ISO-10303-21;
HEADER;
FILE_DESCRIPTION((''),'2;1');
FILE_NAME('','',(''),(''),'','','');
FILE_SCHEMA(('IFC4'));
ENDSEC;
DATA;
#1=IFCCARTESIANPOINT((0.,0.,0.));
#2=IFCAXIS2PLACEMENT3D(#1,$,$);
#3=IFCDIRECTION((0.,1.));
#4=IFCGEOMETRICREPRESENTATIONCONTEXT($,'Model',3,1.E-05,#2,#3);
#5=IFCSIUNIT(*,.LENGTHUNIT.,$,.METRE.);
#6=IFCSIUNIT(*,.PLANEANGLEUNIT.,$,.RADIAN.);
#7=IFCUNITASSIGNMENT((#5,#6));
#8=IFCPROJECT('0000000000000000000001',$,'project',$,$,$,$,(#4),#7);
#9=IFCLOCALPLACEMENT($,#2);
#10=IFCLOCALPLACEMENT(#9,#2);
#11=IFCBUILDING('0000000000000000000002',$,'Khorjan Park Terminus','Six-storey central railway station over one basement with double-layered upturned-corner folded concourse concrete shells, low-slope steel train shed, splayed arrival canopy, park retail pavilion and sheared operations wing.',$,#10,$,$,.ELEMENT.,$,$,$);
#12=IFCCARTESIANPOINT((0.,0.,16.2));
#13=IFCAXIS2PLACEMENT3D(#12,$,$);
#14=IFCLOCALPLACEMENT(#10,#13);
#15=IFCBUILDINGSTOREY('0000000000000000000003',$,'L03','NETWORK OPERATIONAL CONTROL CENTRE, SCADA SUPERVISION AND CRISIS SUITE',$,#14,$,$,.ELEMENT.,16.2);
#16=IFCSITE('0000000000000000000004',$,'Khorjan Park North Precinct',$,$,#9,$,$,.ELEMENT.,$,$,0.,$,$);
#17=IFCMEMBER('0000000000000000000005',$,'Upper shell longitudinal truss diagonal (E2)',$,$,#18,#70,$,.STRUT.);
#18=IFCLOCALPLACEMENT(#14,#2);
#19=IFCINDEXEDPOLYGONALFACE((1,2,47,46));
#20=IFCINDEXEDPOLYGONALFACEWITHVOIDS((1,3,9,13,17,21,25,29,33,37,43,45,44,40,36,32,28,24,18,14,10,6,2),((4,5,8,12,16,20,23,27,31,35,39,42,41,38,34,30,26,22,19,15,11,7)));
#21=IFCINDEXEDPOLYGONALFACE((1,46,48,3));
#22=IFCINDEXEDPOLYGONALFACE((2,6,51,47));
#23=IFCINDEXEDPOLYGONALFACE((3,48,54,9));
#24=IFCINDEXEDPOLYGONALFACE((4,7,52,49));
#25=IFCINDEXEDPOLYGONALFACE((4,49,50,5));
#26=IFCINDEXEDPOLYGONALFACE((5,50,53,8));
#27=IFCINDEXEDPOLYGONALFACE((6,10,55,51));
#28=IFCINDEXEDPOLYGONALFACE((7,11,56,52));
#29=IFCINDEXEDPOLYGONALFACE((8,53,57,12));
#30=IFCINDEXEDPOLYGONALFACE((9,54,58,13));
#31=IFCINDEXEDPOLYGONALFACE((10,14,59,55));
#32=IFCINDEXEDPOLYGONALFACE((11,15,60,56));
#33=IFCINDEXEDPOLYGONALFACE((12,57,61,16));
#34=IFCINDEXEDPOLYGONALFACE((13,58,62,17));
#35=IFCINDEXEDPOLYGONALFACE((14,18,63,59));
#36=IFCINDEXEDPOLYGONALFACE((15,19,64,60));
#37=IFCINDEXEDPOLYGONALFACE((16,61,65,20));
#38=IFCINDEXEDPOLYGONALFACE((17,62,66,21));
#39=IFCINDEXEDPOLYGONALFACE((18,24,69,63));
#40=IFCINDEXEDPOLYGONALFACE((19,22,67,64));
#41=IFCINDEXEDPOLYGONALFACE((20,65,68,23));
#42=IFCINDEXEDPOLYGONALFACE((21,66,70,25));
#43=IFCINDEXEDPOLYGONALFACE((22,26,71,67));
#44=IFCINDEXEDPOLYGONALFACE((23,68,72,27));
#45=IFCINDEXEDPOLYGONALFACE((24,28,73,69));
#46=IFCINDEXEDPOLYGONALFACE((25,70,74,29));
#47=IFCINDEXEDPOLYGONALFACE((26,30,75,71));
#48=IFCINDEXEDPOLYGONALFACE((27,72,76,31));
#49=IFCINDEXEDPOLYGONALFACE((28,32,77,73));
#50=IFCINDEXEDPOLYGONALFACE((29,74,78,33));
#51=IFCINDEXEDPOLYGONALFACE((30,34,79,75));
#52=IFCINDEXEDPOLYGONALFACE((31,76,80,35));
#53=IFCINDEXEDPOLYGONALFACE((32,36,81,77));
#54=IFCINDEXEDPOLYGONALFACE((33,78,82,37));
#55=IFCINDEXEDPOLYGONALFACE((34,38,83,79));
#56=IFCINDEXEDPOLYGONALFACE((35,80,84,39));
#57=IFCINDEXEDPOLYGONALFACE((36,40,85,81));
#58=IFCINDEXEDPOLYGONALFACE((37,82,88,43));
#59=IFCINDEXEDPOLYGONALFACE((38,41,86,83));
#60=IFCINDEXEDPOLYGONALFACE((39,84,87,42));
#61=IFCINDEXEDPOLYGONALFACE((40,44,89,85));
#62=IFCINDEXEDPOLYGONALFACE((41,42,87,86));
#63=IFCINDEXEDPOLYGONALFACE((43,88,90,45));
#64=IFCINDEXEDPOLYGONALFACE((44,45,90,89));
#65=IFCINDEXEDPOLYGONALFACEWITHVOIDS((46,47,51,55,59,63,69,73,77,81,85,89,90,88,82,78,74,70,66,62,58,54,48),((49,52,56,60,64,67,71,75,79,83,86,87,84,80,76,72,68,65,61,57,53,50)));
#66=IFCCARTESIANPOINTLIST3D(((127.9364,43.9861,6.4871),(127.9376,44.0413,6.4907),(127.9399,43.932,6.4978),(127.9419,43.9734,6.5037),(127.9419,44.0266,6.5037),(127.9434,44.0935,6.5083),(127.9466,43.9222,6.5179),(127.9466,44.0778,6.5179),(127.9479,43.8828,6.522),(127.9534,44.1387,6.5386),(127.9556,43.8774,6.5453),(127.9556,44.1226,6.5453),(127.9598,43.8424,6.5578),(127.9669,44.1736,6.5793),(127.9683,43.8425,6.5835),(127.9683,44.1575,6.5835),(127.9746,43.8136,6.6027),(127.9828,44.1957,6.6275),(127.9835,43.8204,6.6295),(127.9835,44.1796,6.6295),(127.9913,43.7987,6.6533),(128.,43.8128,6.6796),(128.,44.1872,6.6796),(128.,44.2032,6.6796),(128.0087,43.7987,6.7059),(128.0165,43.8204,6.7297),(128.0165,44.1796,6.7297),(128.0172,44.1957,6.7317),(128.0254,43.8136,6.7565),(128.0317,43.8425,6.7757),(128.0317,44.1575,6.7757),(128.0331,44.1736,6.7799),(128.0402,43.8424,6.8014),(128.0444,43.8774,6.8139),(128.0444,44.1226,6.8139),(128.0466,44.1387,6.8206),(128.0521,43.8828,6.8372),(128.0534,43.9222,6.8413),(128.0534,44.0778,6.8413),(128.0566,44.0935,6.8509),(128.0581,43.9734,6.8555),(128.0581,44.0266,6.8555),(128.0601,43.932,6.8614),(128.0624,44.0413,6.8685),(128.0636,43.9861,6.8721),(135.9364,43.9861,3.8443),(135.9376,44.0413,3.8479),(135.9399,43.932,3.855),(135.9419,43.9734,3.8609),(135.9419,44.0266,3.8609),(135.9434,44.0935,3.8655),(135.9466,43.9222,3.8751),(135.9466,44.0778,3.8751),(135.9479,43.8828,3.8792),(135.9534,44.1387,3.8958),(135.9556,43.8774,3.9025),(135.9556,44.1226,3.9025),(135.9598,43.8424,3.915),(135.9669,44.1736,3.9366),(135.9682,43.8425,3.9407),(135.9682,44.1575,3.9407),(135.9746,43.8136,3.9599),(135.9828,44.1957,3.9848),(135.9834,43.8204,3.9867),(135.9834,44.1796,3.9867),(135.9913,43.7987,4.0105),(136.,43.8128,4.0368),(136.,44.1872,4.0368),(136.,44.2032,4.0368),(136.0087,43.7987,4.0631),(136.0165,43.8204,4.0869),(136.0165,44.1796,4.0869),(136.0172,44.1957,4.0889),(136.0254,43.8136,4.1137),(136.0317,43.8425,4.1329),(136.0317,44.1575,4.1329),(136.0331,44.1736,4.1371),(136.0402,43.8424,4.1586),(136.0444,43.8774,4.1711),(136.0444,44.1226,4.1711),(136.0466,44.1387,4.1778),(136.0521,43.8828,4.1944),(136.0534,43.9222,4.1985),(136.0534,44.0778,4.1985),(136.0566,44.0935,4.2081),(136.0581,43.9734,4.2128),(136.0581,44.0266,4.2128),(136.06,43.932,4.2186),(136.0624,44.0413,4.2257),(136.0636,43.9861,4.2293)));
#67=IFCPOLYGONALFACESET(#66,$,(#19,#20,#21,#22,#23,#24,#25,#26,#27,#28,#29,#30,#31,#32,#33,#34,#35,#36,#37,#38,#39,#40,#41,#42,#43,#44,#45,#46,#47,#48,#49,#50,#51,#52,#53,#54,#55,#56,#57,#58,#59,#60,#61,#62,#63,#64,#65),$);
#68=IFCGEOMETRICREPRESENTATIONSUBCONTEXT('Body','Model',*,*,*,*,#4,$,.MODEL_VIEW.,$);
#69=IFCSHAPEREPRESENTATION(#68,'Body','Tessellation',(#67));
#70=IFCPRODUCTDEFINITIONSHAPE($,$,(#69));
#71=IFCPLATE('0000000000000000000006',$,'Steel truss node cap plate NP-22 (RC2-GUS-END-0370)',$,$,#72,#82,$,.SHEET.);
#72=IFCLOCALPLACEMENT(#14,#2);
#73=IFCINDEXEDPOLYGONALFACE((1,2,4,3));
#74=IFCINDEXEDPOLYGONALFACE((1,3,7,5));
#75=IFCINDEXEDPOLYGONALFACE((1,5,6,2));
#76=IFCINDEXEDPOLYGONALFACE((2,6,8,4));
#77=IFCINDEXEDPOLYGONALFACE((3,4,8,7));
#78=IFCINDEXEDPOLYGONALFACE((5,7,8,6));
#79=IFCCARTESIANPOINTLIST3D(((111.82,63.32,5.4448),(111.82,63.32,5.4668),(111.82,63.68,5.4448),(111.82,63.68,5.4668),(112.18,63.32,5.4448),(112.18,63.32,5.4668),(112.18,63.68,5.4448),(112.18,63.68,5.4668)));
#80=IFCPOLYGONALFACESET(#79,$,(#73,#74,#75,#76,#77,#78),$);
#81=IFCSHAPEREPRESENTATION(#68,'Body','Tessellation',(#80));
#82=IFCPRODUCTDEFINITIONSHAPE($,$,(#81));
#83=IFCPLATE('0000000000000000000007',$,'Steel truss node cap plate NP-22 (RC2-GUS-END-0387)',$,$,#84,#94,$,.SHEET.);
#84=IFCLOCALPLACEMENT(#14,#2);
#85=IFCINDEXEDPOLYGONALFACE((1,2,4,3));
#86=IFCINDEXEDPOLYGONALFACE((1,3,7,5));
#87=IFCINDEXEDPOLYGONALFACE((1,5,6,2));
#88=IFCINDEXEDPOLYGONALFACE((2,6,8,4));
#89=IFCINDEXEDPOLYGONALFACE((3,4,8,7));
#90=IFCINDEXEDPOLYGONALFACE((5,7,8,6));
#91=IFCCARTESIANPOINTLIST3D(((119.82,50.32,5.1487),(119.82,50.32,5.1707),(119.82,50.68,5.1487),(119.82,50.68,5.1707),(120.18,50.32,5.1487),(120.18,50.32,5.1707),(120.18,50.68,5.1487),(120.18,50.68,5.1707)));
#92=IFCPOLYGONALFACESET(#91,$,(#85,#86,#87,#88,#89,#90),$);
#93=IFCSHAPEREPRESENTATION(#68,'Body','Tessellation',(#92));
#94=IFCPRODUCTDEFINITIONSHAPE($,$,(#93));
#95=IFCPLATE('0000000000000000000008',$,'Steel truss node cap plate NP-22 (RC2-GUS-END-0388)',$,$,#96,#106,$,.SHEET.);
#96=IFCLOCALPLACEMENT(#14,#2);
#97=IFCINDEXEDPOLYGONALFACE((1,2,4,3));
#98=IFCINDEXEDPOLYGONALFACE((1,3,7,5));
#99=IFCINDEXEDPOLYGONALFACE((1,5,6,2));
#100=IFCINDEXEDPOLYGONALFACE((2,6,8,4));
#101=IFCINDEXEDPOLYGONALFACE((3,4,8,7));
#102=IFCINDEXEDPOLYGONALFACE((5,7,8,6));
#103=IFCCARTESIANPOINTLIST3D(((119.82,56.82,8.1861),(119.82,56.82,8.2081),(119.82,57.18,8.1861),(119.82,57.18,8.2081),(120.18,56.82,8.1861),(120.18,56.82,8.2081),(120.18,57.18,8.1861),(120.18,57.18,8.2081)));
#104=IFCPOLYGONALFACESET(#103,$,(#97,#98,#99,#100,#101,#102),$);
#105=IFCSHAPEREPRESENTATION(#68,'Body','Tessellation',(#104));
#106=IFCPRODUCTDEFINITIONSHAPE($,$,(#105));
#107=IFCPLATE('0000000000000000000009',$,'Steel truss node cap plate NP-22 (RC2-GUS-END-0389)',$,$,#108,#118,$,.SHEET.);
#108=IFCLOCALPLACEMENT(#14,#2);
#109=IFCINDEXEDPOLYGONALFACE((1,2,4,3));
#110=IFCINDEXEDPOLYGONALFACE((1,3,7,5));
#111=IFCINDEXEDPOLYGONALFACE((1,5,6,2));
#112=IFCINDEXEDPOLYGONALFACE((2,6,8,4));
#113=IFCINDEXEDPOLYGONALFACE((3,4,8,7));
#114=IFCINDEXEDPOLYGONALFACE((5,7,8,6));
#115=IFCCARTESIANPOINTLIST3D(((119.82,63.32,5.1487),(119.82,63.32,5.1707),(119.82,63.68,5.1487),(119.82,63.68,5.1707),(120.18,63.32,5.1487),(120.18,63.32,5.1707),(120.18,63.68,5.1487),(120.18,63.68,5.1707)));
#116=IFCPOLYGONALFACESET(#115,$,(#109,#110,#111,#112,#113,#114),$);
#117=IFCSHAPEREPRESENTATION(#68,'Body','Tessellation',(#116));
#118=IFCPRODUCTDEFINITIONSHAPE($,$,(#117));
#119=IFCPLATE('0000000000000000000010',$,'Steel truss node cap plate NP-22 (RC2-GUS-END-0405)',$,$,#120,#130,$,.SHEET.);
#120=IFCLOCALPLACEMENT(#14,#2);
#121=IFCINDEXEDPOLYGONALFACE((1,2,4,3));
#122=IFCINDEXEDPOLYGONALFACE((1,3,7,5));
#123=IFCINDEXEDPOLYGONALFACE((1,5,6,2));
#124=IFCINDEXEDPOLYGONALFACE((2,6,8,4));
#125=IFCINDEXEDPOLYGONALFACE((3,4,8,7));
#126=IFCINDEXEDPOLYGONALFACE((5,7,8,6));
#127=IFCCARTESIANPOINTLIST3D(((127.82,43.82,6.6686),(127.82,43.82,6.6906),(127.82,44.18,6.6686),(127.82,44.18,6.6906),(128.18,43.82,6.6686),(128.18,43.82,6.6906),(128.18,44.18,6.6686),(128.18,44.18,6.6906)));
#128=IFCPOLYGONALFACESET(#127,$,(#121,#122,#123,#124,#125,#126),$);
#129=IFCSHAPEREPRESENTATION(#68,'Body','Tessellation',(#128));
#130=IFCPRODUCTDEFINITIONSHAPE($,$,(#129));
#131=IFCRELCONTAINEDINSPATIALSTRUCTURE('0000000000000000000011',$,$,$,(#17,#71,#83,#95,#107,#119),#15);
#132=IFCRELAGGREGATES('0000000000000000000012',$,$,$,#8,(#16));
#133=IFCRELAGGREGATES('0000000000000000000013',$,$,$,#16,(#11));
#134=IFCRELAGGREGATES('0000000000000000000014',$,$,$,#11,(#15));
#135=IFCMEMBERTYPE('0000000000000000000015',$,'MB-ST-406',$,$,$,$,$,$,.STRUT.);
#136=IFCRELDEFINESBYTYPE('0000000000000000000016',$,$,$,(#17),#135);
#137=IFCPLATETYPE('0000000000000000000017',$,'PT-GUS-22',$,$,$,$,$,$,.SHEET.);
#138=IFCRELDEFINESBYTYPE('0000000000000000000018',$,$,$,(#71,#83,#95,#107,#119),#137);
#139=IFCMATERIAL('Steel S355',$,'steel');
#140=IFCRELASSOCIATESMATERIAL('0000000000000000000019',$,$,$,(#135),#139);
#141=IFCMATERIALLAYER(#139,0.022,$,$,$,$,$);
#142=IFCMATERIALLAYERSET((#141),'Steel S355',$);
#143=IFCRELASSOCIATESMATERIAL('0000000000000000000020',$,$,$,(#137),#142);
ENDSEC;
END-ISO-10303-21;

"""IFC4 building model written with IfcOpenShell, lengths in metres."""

from ifc_helpers import new_model, si_unit, direction, frame, origin, origin_2d, place, context, subcontext, project, spatial, rectangle, hollow_circle, extrude, material, layer, layer_set, material_profile, profile_set, type_object, element, save


model = new_model("IFC4")

# Units and contexts
model_context = context("Model", 3, precision=1e-05, world=origin(), true_north=direction((0.0, 1.0)))
body_context = subcontext(model_context, "Body", "Model", "MODEL_VIEW")
ifc_project = project(units=[si_unit("LENGTHUNIT", "METRE"), si_unit("PLANEANGLEUNIT", "RADIAN")], contexts=[model_context])

# Site, building, storey
site_placement = place(None, origin())
site = spatial("IfcSite", under=ifc_project, at=site_placement, Name="Khorjan Park North Precinct", CompositionType="ELEMENT", RefElevation=0.0)
building_placement = place(site_placement, origin())
building = spatial("IfcBuilding", under=site, at=building_placement, Name="Khorjan Park Terminus", Description="Six-storey central railway station over one basement with double-layered upturned-corner folded concourse concrete shells, low-slope steel train shed, splayed arrival canopy, park retail pavilion and sheared operations wing.", CompositionType="ELEMENT")
storey_placement = place(building_placement, frame((0.0, 0.0, 16.2)))
storey = spatial("IfcBuildingStorey", under=building, at=storey_placement, Name="L03", Description="NETWORK OPERATIONAL CONTROL CENTRE, SCADA SUPERVISION AND CRISIS SUITE", CompositionType="ELEMENT", Elevation=16.2)

# Member
ifc_material = material(Name="Steel S355", Category="steel")
ifc_material_profile_1 = material_profile(ifc_material, hollow_circle(Radius=0.2032, WallThickness=0.016, at=origin_2d()), Name="CHS 406.4x16")
ifc_profile_set_1 = profile_set([ifc_material_profile_1], Name="Steel S355")
member_type_1 = type_object("IfcMemberType", Name="MB-ST-406", PredefinedType="STRUT", material=ifc_profile_set_1)
member_1_placement = place(storey_placement, frame((128.0, 44.0, 6.6796), z_axis=(0.94953, 0.0, -0.313677), x_axis=(0.0, 1.0, 0.0)))
element("IfcMember", 1, at=member_1_placement, inside=storey, type_object=member_type_1, Name="Upper shell longitudinal truss diagonal (E2)", PredefinedType="STRUT", context=body_context, shape_type="SweptSolid", body=[
    extrude(hollow_circle(Radius=0.2032, WallThickness=0.016, at=origin_2d()), origin(), (0.0, 0.0, 1.0), 8.4252),
])

# Plates
ifc_layer = layer(ifc_material, 0.022)
ifc_layer_set = layer_set([ifc_layer], Name="Steel S355")
plate_type = type_object("IfcPlateType", Name="PT-GUS-22", PredefinedType="SHEET", material=ifc_layer_set)
for number, where, z_axis, x_axis, name in (
    (2, (112.0, 63.5, 5.4448), (0.0, 0.0, 1.0), (1.0, 0.0, 0.0), "Steel truss node cap plate NP-22 (RC2-GUS-END-0370)"),
    (3, (120.0, 50.5, 5.1487), (0.0, 0.0, 1.0), (1.0, 0.0, 0.0), "Steel truss node cap plate NP-22 (RC2-GUS-END-0387)"),
    (4, (120.0, 57.0, 8.1861), (0.0, 0.0, 1.0), (1.0, 0.0, 0.0), "Steel truss node cap plate NP-22 (RC2-GUS-END-0388)"),
    (5, (120.0, 63.5, 5.1487), (0.0, 0.0, 1.0), (1.0, 0.0, 0.0), "Steel truss node cap plate NP-22 (RC2-GUS-END-0389)"),
    (6, (128.0, 44.0, 6.6686), (0.0, 0.0, 1.0), (1.0, 0.0, 0.0), "Steel truss node cap plate NP-22 (RC2-GUS-END-0405)"),
):
    element("IfcPlate", number, at=place(storey_placement, frame(where, z_axis=z_axis, x_axis=x_axis)), inside=storey, type_object=plate_type, Name=name, PredefinedType="SHEET", context=body_context, shape_type="SweptSolid", body=[
        extrude(rectangle(XDim=0.36, YDim=0.36, at=origin_2d()), origin(), (0.0, 0.0, 1.0), 0.022),
    ])

save(model, "model.ifc")
